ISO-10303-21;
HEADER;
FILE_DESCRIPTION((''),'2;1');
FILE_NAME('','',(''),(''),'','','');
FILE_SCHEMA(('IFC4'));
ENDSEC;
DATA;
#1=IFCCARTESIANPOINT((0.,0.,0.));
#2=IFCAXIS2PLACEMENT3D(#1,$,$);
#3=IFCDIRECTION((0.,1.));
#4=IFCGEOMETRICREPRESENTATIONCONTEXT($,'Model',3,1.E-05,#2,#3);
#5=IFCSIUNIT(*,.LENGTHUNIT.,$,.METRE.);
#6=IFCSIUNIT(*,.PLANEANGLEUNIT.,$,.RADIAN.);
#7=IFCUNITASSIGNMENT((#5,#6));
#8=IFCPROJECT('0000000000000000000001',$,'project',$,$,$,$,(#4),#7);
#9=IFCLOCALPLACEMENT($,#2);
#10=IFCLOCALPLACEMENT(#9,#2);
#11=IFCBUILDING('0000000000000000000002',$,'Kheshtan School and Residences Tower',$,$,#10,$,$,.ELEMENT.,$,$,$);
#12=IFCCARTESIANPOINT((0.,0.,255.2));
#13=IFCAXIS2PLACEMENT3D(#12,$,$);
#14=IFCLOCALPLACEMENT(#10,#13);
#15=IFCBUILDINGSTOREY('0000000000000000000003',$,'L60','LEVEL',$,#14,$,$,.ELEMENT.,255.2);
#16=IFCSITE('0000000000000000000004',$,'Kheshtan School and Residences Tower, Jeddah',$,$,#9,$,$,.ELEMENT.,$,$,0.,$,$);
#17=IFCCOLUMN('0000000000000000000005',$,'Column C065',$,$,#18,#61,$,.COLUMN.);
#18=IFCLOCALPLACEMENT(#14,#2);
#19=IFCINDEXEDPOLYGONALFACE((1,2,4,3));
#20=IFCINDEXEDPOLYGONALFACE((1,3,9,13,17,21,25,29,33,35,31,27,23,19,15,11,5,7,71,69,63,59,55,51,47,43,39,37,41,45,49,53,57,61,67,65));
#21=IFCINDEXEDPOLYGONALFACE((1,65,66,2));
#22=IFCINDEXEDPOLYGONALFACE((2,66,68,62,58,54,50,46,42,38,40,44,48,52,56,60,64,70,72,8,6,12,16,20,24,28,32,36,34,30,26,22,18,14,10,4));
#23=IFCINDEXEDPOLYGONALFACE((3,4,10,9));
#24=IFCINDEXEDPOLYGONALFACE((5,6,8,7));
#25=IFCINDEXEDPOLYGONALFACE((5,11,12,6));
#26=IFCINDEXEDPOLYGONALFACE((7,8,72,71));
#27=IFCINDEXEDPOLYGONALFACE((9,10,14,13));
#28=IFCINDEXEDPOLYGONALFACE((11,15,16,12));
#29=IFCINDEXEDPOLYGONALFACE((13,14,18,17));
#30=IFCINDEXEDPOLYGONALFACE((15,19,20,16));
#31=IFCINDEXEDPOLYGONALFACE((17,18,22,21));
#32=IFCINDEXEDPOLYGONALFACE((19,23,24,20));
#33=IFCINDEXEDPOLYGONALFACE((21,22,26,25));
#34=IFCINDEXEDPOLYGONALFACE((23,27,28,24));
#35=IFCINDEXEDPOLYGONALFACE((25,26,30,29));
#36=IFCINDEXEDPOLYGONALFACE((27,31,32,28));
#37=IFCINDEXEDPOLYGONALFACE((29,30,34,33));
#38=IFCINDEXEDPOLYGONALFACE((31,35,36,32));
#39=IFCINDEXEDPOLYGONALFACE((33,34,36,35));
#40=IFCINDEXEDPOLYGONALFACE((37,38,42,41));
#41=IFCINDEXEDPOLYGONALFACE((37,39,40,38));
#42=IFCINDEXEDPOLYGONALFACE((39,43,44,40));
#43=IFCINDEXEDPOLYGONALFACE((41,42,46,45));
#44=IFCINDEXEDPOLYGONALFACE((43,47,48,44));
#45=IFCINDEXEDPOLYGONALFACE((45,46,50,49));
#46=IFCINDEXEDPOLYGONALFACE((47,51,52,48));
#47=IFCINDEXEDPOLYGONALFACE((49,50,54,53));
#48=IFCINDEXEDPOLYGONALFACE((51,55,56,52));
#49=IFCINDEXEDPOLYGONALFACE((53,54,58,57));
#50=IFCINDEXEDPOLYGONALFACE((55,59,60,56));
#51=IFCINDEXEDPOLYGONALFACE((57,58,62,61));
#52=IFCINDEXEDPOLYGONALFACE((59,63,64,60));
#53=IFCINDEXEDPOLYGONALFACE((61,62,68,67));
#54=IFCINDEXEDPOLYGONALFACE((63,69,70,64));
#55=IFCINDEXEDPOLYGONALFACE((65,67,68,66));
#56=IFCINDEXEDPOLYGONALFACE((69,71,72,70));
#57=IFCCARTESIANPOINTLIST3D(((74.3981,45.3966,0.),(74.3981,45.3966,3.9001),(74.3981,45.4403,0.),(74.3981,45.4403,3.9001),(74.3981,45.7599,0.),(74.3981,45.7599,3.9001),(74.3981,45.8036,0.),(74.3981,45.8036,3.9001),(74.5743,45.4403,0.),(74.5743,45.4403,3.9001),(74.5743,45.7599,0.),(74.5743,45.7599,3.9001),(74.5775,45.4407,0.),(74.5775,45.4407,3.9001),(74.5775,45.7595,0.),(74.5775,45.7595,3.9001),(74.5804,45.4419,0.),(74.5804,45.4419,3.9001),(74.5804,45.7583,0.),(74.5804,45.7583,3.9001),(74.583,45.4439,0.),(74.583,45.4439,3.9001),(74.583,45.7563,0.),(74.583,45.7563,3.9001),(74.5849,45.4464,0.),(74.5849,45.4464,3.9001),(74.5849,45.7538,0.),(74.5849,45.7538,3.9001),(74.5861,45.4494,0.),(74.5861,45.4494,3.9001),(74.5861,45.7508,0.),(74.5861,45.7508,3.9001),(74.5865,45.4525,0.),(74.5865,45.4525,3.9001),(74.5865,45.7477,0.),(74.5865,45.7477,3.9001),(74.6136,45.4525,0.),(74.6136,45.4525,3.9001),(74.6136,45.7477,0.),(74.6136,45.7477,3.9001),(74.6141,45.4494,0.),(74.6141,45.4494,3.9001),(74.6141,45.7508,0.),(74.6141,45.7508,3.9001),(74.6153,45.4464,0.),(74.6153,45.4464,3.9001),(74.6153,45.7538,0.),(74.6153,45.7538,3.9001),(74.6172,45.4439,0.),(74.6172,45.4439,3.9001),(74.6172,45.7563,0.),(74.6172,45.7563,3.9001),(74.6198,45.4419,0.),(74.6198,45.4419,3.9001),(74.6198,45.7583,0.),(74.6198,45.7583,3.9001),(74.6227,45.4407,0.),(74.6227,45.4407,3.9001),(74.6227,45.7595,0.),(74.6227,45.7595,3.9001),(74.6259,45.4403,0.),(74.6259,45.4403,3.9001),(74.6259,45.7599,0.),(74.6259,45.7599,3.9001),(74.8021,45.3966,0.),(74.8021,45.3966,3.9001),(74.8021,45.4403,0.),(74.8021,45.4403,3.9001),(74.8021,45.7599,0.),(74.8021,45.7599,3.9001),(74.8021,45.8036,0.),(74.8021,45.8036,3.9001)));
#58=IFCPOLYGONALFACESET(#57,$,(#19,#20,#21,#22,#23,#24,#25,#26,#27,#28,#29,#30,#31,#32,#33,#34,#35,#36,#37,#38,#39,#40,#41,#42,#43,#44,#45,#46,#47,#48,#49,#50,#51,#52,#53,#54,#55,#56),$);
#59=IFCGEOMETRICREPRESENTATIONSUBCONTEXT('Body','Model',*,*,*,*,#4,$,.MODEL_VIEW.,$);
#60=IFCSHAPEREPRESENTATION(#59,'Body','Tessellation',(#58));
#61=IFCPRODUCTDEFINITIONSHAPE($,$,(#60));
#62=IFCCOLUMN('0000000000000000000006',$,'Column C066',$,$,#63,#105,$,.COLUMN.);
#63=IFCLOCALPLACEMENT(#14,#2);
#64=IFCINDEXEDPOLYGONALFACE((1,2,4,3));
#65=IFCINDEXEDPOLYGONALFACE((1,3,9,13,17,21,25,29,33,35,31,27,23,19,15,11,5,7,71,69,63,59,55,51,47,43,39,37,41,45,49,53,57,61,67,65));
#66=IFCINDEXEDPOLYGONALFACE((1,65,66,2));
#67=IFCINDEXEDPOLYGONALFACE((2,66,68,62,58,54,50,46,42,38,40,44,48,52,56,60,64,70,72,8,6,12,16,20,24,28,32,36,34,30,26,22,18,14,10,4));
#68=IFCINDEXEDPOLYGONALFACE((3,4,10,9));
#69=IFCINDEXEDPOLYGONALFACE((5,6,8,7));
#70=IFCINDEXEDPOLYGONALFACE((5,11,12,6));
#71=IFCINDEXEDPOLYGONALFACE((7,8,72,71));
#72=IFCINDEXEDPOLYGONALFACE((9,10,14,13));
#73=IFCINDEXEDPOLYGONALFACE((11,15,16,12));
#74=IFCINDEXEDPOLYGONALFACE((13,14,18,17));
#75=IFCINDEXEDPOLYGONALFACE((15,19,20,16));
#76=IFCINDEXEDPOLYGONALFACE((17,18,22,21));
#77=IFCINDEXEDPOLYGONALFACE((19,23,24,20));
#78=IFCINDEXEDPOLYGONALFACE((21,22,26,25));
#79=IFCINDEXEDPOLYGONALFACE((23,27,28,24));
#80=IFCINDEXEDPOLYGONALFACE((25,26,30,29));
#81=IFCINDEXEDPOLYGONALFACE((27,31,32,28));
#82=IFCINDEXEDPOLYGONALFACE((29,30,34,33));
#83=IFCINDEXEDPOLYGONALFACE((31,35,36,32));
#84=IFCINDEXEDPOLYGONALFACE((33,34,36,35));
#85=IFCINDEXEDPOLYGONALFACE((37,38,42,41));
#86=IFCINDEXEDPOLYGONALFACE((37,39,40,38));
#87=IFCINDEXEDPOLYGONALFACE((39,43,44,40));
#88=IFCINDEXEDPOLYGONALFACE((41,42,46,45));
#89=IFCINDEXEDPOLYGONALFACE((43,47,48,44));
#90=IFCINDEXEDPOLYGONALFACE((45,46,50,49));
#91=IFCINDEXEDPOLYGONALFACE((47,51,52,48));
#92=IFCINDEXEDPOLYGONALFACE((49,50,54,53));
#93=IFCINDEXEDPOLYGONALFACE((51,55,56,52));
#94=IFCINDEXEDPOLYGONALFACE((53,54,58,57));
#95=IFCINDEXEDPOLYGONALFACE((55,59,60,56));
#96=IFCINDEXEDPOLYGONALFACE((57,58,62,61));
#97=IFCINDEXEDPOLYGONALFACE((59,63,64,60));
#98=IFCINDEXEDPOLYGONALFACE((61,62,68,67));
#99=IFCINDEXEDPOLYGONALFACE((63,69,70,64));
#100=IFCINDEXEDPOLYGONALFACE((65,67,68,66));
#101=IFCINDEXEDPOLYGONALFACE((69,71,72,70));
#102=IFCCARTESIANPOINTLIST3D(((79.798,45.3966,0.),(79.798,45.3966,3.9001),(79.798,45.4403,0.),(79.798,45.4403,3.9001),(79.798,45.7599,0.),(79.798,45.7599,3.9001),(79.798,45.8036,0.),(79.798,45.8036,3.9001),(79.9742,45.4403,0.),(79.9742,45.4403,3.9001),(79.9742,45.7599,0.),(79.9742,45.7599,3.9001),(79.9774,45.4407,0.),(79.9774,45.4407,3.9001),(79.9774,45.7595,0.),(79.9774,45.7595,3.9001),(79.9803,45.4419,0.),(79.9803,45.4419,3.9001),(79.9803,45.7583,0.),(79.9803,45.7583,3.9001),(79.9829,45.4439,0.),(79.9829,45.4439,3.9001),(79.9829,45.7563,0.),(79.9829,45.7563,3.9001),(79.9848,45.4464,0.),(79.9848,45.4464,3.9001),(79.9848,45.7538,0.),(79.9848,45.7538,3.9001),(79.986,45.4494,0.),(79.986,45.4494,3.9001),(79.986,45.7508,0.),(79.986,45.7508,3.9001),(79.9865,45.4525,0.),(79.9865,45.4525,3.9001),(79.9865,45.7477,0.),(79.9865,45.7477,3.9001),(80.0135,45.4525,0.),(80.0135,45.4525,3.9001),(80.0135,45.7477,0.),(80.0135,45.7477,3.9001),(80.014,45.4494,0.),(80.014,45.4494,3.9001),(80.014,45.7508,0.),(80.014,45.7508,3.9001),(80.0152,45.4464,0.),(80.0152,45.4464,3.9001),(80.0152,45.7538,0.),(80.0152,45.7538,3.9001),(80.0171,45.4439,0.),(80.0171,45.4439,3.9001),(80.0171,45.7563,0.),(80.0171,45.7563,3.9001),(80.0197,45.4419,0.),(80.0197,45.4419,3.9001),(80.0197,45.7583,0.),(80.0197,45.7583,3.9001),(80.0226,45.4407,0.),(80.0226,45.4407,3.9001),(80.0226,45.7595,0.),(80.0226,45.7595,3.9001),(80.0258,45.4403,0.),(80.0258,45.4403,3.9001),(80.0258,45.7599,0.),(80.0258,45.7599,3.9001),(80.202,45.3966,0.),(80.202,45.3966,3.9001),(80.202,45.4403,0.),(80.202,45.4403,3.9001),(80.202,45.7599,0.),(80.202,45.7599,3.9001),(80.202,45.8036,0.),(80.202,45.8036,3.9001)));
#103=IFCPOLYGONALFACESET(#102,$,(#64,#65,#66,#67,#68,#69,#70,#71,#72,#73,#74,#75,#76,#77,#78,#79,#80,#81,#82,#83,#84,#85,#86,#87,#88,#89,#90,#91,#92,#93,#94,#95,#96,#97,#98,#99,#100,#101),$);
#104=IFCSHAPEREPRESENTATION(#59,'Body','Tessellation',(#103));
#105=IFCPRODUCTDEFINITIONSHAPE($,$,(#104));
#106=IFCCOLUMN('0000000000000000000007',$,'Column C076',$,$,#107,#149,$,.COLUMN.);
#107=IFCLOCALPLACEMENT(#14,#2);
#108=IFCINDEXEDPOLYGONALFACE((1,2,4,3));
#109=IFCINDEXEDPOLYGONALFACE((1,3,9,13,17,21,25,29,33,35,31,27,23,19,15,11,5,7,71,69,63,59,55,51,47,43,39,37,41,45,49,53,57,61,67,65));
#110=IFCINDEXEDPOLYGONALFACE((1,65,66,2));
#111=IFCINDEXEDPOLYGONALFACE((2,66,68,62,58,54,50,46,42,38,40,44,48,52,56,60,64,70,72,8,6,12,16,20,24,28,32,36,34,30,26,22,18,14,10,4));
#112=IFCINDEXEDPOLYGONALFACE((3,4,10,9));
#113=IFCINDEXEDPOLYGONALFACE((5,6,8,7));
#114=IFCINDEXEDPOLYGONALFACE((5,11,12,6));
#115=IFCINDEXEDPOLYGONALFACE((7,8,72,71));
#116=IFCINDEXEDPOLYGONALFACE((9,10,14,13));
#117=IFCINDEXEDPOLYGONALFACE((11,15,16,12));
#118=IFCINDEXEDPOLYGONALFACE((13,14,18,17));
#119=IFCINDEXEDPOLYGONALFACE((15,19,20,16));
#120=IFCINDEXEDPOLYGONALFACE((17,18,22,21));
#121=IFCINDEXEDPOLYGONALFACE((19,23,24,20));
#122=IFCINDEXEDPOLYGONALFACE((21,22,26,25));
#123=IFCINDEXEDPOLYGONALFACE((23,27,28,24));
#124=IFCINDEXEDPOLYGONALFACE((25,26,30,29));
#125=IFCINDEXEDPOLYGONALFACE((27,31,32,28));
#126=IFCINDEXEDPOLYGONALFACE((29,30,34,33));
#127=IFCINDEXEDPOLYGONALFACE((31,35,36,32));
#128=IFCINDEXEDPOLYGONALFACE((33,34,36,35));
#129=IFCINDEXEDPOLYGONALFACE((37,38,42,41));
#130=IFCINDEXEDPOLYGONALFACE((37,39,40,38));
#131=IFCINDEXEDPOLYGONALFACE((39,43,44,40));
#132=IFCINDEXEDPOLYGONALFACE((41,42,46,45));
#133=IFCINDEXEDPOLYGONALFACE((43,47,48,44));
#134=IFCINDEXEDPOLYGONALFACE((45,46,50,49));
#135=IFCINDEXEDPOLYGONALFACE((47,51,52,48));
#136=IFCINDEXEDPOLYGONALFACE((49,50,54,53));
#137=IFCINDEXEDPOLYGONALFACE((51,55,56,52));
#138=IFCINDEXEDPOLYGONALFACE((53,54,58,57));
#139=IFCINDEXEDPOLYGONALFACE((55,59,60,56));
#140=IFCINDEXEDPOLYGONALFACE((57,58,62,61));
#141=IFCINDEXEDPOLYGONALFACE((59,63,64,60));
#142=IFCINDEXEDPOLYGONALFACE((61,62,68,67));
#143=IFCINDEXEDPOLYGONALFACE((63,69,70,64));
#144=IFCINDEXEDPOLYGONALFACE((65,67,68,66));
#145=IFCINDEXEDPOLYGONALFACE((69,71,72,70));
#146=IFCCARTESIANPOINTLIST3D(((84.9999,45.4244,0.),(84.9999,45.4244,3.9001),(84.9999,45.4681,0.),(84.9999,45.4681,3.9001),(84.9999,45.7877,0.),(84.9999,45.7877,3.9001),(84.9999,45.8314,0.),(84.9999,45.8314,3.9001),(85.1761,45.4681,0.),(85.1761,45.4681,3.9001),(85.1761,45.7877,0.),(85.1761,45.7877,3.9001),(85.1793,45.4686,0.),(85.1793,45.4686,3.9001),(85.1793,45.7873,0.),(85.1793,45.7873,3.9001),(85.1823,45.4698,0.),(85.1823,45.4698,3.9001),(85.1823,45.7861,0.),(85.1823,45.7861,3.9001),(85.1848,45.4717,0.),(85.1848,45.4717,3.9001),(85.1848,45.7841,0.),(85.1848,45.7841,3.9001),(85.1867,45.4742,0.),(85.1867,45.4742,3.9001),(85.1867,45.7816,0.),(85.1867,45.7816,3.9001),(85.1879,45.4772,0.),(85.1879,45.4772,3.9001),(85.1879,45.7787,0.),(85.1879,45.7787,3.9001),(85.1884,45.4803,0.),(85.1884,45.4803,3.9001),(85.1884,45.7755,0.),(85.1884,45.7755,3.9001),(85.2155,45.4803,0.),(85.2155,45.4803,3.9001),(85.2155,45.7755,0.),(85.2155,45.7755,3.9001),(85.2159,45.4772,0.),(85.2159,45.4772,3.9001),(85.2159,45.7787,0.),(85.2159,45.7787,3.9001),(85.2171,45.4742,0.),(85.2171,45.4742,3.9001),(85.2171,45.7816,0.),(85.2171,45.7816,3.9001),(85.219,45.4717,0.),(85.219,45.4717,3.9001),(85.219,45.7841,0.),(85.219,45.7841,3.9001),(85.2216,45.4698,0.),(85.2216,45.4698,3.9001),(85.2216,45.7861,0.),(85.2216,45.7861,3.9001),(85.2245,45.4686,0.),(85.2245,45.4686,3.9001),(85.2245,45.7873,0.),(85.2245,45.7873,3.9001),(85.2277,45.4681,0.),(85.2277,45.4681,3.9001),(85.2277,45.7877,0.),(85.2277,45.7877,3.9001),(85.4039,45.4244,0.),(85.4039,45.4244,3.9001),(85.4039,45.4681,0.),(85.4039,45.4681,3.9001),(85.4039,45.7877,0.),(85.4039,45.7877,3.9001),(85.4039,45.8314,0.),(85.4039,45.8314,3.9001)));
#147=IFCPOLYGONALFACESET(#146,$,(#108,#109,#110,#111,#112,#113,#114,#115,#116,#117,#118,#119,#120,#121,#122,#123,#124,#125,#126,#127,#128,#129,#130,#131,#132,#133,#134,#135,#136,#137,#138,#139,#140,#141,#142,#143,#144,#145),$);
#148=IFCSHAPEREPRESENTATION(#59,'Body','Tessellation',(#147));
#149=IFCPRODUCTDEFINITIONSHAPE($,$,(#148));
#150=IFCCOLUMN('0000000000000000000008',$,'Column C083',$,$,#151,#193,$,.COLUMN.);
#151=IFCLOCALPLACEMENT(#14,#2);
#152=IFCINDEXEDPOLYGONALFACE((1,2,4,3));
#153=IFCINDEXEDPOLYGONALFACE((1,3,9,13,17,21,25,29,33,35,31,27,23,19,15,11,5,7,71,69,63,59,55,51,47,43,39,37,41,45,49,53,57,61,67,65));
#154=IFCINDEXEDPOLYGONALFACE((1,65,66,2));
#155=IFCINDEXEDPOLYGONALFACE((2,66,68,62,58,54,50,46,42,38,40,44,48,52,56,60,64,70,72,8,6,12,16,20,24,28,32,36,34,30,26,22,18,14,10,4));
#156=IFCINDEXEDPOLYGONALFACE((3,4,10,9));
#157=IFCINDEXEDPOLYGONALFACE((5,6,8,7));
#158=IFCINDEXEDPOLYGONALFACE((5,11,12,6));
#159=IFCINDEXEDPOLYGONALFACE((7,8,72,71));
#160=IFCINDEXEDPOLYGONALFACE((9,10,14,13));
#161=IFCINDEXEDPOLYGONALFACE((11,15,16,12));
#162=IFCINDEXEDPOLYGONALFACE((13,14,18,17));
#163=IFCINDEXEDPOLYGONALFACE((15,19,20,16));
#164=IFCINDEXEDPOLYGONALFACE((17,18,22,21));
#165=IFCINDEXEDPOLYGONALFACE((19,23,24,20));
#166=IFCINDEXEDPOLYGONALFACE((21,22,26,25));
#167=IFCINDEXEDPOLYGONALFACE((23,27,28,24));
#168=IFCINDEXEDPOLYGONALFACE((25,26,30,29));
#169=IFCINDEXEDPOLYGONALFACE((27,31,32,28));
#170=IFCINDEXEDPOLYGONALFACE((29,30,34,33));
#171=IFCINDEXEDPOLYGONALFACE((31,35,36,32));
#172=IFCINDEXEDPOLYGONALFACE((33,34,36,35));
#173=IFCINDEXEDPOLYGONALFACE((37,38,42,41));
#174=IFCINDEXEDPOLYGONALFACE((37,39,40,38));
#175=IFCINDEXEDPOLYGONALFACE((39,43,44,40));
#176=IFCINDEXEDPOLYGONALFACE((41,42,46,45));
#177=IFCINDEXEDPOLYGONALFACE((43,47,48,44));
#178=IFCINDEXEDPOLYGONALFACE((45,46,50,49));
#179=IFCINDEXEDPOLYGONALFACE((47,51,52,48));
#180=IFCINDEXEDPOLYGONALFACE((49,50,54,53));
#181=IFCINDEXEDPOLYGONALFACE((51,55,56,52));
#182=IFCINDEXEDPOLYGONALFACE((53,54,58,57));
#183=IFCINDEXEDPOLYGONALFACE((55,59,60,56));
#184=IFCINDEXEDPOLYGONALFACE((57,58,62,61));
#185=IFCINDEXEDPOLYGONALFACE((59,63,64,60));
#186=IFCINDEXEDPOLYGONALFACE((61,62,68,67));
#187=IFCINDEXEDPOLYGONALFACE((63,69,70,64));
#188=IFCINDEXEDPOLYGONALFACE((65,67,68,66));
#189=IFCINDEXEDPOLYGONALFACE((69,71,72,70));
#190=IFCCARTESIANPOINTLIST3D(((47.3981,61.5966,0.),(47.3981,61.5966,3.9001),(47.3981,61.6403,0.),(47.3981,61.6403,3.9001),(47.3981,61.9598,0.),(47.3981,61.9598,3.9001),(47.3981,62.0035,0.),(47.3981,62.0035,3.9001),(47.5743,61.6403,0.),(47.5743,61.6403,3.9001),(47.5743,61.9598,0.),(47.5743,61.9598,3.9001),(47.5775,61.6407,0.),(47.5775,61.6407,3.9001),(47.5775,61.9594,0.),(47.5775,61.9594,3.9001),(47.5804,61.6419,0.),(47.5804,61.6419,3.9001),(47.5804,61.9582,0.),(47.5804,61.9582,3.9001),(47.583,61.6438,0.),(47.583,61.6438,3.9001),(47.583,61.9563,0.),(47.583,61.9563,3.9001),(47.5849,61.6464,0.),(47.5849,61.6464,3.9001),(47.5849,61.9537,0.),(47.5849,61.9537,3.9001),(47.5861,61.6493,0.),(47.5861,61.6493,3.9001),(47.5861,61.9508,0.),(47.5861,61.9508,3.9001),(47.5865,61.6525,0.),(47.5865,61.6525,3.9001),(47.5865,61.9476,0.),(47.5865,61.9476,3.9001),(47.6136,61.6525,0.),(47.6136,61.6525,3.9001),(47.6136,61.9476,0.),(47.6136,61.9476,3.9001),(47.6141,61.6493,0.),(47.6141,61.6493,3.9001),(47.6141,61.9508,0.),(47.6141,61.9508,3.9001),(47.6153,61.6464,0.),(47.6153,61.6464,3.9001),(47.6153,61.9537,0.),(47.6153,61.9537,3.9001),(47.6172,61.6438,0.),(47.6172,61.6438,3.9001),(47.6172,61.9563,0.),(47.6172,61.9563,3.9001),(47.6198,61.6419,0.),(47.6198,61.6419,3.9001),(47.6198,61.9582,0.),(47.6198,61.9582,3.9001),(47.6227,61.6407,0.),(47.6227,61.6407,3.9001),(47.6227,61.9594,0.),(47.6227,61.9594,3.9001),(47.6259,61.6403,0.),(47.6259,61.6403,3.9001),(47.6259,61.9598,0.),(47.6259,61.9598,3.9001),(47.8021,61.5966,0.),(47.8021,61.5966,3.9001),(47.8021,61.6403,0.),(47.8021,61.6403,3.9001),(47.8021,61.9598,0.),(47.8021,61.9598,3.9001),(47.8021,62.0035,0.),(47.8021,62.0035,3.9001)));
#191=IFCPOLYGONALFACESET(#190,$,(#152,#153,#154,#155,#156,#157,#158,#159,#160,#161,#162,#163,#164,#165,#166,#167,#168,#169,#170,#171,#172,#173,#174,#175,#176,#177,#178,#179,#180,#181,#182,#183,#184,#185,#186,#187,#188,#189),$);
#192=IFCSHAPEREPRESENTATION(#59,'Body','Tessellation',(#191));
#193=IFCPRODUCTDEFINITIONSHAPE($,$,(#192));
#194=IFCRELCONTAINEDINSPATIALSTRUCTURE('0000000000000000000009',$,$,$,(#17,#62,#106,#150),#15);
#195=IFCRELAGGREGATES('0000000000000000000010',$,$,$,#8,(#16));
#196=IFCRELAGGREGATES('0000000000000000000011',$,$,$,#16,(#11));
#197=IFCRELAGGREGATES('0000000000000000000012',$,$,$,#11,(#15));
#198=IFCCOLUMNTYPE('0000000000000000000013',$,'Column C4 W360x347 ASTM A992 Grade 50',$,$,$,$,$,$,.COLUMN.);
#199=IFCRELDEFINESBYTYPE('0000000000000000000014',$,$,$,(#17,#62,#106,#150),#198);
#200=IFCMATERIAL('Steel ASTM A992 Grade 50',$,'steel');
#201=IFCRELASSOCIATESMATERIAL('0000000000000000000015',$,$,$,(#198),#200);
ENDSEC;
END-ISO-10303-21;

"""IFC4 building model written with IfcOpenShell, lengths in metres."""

from ifc_helpers import new_model, si_unit, direction, frame, origin, origin_2d, place, context, subcontext, project, spatial, i_section, extrude, material, material_profile, profile_set, type_object, element, save


model = new_model("IFC4")

# Units and contexts
model_context = context("Model", 3, precision=1e-05, world=origin(), true_north=direction((0.0, 1.0)))
body_context = subcontext(model_context, "Body", "Model", "MODEL_VIEW")
ifc_project = project(units=[si_unit("LENGTHUNIT", "METRE"), si_unit("PLANEANGLEUNIT", "RADIAN")], contexts=[model_context])

# Site, building, storey
site_placement = place(None, origin())
site = spatial("IfcSite", under=ifc_project, at=site_placement, Name="Kheshtan School and Residences Tower, Jeddah", CompositionType="ELEMENT", RefElevation=0.0)
building_placement = place(site_placement, origin())
building = spatial("IfcBuilding", under=site, at=building_placement, Name="Kheshtan School and Residences Tower", CompositionType="ELEMENT")
storey_placement = place(building_placement, frame((0.0, 0.0, 255.2)))
storey = spatial("IfcBuildingStorey", under=building, at=storey_placement, Name="L60", Description="LEVEL", CompositionType="ELEMENT", Elevation=255.2)

# Columns
ifc_material_1 = material(Name="Steel ASTM A992 Grade 50", Category="steel")
ifc_material_profile_1 = material_profile(ifc_material_1, i_section(OverallWidth=0.4041, OverallDepth=0.407, WebThickness=0.0271, FlangeThickness=0.0437, FilletRadius=0.0122, at=origin_2d()), Name="W360x347")
ifc_profile_set_1 = profile_set([ifc_material_profile_1], Name="Steel ASTM A992 Grade 50")
column_type = type_object("IfcColumnType", Name="Column C4 W360x347 ASTM A992 Grade 50", PredefinedType="COLUMN", material=ifc_profile_set_1)
for number, where, z_axis, x_axis, name in (
    (1, (74.6001, 45.6001, 0.0), (0.0, 0.0, 1.0), (1.0, 0.0, 0.0), "Column C065"),
    (2, (80.0, 45.6001, 0.0), (0.0, 0.0, 1.0), (1.0, 0.0, 0.0), "Column C066"),
    (3, (85.2019, 45.6279, 0.0), (0.0, 0.0, 1.0), (1.0, 0.0, 0.0), "Column C076"),
    (4, (47.6001, 61.8, 0.0), (0.0, 0.0, 1.0), (1.0, 0.0, 0.0), "Column C083"),
):
    element("IfcColumn", number, at=place(storey_placement, frame(where, z_axis=z_axis, x_axis=x_axis)), inside=storey, type_object=column_type, Name=name, PredefinedType="COLUMN", context=body_context, shape_type="SweptSolid", body=[
        extrude(i_section(OverallWidth=0.4041, OverallDepth=0.407, WebThickness=0.0271, FlangeThickness=0.0437, FilletRadius=0.0122, at=origin_2d()), origin(), (0.0, 0.0, 1.0), 3.9001),
    ])

save(model, "model.ifc")
